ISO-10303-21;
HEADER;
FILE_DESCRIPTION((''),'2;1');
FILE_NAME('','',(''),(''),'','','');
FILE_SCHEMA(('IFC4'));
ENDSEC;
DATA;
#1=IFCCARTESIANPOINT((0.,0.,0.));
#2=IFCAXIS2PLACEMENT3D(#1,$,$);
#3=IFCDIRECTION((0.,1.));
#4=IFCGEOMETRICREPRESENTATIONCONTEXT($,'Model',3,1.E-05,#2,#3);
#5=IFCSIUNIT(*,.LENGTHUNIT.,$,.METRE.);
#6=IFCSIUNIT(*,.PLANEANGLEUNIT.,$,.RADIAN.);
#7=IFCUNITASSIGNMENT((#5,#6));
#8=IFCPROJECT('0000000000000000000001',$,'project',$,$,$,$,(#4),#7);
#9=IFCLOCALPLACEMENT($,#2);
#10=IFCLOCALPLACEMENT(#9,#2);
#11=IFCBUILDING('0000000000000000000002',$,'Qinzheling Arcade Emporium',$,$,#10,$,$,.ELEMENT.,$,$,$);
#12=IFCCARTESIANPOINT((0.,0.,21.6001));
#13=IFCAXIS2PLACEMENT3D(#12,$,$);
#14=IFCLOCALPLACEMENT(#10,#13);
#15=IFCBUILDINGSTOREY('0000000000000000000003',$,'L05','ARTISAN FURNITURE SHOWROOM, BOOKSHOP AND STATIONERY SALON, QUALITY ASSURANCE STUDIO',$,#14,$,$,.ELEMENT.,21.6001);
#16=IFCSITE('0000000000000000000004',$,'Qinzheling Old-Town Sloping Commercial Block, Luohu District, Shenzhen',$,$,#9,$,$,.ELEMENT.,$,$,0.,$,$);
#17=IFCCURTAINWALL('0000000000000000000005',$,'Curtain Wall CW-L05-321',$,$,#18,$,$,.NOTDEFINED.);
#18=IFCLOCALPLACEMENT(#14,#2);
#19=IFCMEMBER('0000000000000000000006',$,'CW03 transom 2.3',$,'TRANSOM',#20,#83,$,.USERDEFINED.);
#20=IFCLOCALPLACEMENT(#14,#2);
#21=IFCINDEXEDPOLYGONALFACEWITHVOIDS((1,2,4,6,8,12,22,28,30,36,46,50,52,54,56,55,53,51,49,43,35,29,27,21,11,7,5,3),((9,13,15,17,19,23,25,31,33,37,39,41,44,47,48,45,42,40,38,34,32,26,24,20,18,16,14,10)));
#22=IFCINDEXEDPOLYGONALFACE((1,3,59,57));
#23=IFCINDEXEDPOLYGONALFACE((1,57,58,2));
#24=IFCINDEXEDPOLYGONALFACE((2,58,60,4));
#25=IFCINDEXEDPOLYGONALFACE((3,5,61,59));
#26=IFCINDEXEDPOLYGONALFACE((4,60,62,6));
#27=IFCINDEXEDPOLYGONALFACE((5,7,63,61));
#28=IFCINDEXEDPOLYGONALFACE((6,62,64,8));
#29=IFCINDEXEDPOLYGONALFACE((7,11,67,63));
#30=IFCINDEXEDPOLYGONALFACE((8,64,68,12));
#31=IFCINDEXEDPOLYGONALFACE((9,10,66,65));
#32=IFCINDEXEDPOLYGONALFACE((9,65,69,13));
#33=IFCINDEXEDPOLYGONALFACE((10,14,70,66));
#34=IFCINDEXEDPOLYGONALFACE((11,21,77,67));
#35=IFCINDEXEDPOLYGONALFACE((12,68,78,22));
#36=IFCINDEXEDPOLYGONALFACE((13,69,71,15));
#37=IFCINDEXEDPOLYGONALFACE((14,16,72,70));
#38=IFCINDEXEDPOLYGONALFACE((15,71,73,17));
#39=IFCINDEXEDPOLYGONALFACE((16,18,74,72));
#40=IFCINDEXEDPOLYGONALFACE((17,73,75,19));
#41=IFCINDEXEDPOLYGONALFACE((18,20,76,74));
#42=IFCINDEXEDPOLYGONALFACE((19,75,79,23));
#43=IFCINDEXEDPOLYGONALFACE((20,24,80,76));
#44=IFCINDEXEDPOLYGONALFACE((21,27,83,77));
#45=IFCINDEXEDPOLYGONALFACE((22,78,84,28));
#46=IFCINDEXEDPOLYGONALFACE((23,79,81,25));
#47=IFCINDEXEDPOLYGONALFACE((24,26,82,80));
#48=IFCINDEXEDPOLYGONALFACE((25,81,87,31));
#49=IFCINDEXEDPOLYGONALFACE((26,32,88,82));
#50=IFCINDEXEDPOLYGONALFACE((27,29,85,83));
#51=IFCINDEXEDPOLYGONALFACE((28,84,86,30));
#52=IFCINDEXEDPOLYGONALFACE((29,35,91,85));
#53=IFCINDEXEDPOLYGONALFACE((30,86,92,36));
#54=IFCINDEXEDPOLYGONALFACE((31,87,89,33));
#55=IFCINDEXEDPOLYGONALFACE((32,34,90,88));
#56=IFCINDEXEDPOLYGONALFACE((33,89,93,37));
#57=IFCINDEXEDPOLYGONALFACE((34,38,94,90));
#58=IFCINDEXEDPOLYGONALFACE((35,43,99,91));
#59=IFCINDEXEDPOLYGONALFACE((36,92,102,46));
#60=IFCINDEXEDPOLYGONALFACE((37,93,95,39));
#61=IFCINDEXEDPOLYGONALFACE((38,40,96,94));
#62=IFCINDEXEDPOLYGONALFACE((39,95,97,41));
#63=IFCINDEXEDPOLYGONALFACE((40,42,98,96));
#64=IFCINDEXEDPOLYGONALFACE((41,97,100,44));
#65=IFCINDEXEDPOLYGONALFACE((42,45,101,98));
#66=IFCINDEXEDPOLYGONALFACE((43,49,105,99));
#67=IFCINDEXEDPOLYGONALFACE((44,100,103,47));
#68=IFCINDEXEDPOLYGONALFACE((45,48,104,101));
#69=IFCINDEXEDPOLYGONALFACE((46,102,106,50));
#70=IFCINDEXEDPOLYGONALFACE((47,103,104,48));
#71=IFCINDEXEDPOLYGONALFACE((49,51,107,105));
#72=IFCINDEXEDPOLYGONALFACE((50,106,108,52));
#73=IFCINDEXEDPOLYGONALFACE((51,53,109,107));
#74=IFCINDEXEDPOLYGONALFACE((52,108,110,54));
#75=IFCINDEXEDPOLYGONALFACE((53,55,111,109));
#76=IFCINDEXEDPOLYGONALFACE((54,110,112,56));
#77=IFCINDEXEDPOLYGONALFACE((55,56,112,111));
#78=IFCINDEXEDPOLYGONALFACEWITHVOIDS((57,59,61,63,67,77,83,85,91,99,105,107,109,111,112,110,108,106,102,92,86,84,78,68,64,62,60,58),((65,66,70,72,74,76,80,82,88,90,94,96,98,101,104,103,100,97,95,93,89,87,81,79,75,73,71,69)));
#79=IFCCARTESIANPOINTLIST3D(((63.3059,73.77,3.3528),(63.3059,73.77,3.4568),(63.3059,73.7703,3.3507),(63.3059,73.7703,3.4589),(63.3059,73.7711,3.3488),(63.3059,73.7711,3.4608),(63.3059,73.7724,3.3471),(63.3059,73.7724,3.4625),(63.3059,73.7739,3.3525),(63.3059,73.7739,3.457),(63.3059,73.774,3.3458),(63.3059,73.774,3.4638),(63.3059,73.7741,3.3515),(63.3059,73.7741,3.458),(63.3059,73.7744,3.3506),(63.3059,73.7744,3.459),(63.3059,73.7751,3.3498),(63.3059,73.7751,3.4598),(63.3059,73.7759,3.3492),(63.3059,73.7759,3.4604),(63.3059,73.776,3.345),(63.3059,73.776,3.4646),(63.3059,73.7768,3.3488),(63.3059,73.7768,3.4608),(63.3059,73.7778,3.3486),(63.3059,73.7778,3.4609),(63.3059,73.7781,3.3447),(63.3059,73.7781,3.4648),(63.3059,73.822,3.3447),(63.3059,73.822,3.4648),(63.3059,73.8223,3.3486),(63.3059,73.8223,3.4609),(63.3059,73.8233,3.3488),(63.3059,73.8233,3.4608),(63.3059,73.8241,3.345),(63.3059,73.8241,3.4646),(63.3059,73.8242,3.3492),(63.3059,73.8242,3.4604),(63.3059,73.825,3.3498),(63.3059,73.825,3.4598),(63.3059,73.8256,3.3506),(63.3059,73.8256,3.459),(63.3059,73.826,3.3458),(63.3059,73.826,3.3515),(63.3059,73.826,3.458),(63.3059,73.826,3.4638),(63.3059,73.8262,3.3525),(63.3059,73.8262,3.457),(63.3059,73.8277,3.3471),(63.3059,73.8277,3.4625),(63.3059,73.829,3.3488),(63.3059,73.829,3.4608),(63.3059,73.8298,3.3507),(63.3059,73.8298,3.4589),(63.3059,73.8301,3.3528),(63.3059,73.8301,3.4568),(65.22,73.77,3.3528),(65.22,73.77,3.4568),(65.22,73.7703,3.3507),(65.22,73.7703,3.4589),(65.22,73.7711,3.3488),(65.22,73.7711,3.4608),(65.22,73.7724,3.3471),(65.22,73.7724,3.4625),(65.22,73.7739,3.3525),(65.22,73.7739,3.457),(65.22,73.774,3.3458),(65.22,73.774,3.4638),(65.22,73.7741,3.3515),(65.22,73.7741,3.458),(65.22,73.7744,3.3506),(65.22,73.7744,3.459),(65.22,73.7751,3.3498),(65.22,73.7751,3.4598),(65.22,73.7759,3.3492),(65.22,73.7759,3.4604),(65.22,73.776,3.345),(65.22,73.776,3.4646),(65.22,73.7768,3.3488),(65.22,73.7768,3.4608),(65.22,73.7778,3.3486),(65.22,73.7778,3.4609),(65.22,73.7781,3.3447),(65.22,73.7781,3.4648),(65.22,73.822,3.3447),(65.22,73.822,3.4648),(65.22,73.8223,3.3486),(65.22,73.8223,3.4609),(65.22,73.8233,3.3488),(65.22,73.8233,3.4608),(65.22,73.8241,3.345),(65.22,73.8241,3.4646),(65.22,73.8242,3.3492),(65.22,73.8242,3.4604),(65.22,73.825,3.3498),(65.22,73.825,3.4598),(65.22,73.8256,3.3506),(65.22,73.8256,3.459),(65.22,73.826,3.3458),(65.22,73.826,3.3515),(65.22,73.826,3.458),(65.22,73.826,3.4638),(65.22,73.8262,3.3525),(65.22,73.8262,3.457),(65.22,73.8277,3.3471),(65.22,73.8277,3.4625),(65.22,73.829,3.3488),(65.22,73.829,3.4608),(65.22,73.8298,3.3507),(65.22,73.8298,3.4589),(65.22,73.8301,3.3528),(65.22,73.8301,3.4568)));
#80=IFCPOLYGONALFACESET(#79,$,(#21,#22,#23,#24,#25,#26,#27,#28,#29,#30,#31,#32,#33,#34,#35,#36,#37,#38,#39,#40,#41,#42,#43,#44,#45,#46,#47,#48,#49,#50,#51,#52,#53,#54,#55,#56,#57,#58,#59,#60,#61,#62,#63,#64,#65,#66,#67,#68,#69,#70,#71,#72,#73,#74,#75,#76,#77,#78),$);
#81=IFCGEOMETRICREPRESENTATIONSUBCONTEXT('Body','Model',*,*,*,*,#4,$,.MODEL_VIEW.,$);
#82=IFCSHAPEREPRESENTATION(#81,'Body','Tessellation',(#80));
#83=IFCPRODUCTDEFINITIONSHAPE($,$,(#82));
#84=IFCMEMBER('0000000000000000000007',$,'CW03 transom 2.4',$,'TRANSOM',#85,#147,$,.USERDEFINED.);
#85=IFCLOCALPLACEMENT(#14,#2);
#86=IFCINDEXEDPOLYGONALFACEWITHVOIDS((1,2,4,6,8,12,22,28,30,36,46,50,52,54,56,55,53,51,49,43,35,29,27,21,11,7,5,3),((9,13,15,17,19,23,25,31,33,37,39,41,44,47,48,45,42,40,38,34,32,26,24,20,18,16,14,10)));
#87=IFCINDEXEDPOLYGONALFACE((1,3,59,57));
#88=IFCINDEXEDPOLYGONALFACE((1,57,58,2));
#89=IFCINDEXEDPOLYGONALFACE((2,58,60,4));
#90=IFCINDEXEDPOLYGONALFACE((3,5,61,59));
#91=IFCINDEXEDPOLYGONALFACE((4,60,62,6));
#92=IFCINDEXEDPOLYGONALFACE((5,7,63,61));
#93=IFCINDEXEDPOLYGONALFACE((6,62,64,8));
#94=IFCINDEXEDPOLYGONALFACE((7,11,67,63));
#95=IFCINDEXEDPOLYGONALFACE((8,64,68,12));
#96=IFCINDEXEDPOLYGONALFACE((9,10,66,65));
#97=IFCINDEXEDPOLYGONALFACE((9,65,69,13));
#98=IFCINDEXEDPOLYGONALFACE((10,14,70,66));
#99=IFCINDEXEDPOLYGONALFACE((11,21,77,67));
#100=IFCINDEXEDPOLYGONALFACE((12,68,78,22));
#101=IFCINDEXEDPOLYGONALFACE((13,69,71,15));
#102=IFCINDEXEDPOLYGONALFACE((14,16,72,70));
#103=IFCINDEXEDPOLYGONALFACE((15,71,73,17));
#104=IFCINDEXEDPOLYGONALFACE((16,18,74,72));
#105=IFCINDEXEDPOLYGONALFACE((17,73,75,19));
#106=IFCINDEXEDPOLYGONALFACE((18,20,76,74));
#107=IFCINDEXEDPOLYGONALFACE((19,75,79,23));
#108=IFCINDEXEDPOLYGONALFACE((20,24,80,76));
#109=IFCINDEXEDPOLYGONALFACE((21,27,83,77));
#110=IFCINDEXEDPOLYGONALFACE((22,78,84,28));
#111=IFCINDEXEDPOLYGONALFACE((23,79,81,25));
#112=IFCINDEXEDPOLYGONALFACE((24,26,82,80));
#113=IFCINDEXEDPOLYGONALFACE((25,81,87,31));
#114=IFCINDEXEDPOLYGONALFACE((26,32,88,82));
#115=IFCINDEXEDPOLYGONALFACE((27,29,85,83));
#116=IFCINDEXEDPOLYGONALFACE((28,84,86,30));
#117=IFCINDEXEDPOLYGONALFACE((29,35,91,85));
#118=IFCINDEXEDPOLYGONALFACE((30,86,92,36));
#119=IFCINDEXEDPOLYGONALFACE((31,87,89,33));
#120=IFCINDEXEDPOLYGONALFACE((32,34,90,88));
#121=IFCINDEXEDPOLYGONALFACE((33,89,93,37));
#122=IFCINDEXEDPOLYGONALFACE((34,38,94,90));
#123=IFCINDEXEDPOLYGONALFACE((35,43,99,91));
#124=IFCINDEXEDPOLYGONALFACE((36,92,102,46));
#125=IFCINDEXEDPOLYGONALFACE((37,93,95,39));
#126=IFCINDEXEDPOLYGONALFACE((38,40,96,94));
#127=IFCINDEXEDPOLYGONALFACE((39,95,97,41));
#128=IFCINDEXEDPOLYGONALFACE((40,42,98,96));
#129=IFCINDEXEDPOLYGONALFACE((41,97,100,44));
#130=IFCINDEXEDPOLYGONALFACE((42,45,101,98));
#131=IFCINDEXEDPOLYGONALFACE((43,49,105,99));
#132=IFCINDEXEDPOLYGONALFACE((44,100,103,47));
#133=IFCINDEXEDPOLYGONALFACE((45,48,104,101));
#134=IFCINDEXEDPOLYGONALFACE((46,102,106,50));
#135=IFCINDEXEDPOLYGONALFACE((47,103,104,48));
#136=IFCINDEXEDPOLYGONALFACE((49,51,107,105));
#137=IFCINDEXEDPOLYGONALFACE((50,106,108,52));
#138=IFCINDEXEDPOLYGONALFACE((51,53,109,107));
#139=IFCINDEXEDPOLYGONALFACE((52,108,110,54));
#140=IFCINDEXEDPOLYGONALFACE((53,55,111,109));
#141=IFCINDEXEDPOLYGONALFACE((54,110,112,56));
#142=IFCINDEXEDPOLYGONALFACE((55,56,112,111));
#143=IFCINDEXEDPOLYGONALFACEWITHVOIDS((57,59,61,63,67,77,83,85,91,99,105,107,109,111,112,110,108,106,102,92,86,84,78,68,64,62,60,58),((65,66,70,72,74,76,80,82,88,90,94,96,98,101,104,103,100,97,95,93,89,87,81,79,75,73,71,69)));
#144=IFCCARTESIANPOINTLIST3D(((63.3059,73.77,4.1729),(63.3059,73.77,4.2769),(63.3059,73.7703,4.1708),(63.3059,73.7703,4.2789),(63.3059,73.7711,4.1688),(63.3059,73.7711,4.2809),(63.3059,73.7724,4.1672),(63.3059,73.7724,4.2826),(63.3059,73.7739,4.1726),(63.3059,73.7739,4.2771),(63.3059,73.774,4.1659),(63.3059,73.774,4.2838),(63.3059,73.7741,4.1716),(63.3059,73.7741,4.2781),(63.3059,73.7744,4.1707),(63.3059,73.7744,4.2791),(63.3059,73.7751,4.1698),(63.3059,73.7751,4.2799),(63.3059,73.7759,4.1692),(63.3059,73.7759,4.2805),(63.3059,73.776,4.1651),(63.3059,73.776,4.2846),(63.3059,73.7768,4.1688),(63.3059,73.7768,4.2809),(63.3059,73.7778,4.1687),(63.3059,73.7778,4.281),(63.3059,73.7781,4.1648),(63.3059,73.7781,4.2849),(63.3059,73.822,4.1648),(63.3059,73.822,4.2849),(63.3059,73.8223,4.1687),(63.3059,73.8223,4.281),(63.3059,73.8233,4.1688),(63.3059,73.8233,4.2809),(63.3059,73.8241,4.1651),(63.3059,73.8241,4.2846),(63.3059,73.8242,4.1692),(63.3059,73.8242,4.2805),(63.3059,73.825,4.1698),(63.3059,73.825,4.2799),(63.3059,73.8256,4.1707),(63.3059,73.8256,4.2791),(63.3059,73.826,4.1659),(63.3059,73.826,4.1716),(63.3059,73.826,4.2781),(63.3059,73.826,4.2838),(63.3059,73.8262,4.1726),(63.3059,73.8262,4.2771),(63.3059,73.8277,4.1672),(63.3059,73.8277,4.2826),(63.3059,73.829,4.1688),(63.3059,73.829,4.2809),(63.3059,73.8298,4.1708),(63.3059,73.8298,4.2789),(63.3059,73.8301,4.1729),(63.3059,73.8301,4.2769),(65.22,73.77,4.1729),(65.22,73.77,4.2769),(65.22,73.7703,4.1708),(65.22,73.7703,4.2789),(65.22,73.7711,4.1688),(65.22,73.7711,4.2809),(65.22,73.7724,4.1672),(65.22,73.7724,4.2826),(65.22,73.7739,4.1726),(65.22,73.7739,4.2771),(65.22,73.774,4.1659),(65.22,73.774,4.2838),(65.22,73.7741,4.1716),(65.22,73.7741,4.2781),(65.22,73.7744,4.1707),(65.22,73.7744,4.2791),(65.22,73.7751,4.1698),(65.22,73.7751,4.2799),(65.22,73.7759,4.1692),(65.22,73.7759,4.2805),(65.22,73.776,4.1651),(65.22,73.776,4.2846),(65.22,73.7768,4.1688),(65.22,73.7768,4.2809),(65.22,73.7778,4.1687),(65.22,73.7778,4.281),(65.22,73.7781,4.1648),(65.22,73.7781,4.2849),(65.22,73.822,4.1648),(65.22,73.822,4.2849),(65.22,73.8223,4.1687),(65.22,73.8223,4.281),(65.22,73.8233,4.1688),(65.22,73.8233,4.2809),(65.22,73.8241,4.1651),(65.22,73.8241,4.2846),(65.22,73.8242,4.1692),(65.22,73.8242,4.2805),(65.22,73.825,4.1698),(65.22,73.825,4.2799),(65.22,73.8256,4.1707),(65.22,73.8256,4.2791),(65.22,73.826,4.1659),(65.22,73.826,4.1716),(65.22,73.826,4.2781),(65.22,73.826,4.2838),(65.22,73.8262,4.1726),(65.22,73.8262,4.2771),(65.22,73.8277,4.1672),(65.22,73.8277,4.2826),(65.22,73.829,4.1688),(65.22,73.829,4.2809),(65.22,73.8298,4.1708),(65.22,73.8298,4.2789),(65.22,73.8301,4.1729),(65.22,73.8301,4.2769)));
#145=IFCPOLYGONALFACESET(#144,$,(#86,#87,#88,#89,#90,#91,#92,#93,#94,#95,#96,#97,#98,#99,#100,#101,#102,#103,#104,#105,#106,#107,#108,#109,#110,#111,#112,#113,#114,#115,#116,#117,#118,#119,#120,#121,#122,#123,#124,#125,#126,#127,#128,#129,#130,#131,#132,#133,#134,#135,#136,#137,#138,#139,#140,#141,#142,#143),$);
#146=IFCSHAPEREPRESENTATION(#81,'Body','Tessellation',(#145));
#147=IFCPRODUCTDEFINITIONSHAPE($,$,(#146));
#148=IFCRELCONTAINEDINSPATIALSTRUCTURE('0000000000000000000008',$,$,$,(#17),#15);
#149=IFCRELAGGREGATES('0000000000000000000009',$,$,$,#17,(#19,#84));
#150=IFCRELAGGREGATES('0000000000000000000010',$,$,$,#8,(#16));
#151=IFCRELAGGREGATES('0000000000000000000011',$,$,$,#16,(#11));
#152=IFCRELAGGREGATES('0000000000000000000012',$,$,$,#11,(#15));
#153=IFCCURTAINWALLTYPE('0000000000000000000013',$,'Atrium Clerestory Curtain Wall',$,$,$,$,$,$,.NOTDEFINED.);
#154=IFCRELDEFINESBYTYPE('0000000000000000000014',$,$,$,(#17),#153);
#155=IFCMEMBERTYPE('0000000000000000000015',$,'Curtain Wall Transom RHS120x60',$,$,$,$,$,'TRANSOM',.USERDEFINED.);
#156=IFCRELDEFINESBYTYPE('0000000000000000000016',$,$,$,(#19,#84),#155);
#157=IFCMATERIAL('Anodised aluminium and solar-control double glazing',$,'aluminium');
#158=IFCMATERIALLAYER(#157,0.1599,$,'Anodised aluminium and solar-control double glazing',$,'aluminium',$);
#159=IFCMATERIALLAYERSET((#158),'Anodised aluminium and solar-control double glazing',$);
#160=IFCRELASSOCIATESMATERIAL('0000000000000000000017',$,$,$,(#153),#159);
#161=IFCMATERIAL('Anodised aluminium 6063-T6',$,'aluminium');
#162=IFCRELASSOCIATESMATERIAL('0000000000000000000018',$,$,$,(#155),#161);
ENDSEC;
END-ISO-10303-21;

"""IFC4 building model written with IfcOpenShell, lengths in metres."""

from ifc_helpers import new_model, si_unit, direction, frame, origin, origin_2d, place, context, subcontext, project, spatial, hollow_rectangle, extrude, material, layer, layer_set, material_profile, profile_set, type_object, element, aggregate, save


model = new_model("IFC4")

# Units and contexts
model_context = context("Model", 3, precision=1e-05, world=origin(), true_north=direction((0.0, 1.0)))
body_context = subcontext(model_context, "Body", "Model", "MODEL_VIEW")
ifc_project = project(units=[si_unit("LENGTHUNIT", "METRE"), si_unit("PLANEANGLEUNIT", "RADIAN")], contexts=[model_context])

# Site, building, storey
site_placement = place(None, origin())
site = spatial("IfcSite", under=ifc_project, at=site_placement, Name="Qinzheling Old-Town Sloping Commercial Block, Luohu District, Shenzhen", CompositionType="ELEMENT", RefElevation=0.0)
building_placement = place(site_placement, origin())
building = spatial("IfcBuilding", under=site, at=building_placement, Name="Qinzheling Arcade Emporium", CompositionType="ELEMENT")
storey_placement = place(building_placement, frame((0.0, 0.0, 21.6001)))
storey = spatial("IfcBuildingStorey", under=building, at=storey_placement, Name="L05", Description="ARTISAN FURNITURE SHOWROOM, BOOKSHOP AND STATIONERY SALON, QUALITY ASSURANCE STUDIO", CompositionType="ELEMENT", Elevation=21.6001)

# Shared definitions
ifc_material_1 = material(Name="Anodised aluminium and solar-control double glazing", Category="aluminium")
ifc_layer_1 = layer(ifc_material_1, 0.1599, Name="Anodised aluminium and solar-control double glazing", Category="aluminium")
ifc_layer_set_1 = layer_set([ifc_layer_1], Name="Anodised aluminium and solar-control double glazing")
curtain_wall_type = type_object("IfcCurtainWallType", Name="Atrium Clerestory Curtain Wall", PredefinedType="NOTDEFINED", material=ifc_layer_set_1)
ifc_material_2 = material(Name="Anodised aluminium 6063-T6", Category="aluminium")

# Curtain wall
curtain_wall_1_placement = place(storey_placement, origin())
curtain_wall_1 = element("IfcCurtainWall", 1, at=curtain_wall_1_placement, inside=storey, type_object=curtain_wall_type, Name="Curtain Wall CW-L05-321", PredefinedType="NOTDEFINED")

# Members
ifc_material_profile_1 = material_profile(ifc_material_2, hollow_rectangle(XDim=0.0601, YDim=0.1201, WallThickness=0.0039, InnerFilletRadius=0.0039, OuterFilletRadius=0.0081, at=origin_2d()), Name="RHS 120x60x4", Category="aluminium")
ifc_profile_set_1 = profile_set([ifc_material_profile_1], Name="Anodised aluminium 6063-T6")
member_type_1 = type_object("IfcMemberType", Name="Curtain Wall Transom RHS120x60", ElementType="TRANSOM", PredefinedType="USERDEFINED", material=ifc_profile_set_1)
member_1_placement = place(storey_placement, frame((63.3059, 73.8, 3.4048), z_axis=(1.0, 0.0, 0.0), x_axis=(0.0, 1.0, 0.0)))
member_1 = element("IfcMember", 2, at=member_1_placement, type_object=member_type_1, Name="CW03 transom 2.3", ObjectType="TRANSOM", PredefinedType="USERDEFINED", context=body_context, shape_type="SweptSolid", body=[
    extrude(hollow_rectangle(XDim=0.0601, YDim=0.1201, WallThickness=0.0039, InnerFilletRadius=0.0039, OuterFilletRadius=0.0081, at=origin_2d()), origin(), (0.0, 0.0, 1.0), 1.9141),
])
member_2_placement = place(storey_placement, frame((63.3059, 73.8, 4.2249), z_axis=(1.0, 0.0, 0.0), x_axis=(0.0, 1.0, 0.0)))
member_2 = element("IfcMember", 3, at=member_2_placement, type_object=member_type_1, Name="CW03 transom 2.4", ObjectType="TRANSOM", PredefinedType="USERDEFINED", context=body_context, shape_type="SweptSolid", body=[
    extrude(hollow_rectangle(XDim=0.0601, YDim=0.1201, WallThickness=0.0039, InnerFilletRadius=0.0039, OuterFilletRadius=0.0081, at=origin_2d()), origin(), (0.0, 0.0, 1.0), 1.9141),
])

aggregate(curtain_wall_1, [member_1, member_2])

save(model, "model.ifc")
